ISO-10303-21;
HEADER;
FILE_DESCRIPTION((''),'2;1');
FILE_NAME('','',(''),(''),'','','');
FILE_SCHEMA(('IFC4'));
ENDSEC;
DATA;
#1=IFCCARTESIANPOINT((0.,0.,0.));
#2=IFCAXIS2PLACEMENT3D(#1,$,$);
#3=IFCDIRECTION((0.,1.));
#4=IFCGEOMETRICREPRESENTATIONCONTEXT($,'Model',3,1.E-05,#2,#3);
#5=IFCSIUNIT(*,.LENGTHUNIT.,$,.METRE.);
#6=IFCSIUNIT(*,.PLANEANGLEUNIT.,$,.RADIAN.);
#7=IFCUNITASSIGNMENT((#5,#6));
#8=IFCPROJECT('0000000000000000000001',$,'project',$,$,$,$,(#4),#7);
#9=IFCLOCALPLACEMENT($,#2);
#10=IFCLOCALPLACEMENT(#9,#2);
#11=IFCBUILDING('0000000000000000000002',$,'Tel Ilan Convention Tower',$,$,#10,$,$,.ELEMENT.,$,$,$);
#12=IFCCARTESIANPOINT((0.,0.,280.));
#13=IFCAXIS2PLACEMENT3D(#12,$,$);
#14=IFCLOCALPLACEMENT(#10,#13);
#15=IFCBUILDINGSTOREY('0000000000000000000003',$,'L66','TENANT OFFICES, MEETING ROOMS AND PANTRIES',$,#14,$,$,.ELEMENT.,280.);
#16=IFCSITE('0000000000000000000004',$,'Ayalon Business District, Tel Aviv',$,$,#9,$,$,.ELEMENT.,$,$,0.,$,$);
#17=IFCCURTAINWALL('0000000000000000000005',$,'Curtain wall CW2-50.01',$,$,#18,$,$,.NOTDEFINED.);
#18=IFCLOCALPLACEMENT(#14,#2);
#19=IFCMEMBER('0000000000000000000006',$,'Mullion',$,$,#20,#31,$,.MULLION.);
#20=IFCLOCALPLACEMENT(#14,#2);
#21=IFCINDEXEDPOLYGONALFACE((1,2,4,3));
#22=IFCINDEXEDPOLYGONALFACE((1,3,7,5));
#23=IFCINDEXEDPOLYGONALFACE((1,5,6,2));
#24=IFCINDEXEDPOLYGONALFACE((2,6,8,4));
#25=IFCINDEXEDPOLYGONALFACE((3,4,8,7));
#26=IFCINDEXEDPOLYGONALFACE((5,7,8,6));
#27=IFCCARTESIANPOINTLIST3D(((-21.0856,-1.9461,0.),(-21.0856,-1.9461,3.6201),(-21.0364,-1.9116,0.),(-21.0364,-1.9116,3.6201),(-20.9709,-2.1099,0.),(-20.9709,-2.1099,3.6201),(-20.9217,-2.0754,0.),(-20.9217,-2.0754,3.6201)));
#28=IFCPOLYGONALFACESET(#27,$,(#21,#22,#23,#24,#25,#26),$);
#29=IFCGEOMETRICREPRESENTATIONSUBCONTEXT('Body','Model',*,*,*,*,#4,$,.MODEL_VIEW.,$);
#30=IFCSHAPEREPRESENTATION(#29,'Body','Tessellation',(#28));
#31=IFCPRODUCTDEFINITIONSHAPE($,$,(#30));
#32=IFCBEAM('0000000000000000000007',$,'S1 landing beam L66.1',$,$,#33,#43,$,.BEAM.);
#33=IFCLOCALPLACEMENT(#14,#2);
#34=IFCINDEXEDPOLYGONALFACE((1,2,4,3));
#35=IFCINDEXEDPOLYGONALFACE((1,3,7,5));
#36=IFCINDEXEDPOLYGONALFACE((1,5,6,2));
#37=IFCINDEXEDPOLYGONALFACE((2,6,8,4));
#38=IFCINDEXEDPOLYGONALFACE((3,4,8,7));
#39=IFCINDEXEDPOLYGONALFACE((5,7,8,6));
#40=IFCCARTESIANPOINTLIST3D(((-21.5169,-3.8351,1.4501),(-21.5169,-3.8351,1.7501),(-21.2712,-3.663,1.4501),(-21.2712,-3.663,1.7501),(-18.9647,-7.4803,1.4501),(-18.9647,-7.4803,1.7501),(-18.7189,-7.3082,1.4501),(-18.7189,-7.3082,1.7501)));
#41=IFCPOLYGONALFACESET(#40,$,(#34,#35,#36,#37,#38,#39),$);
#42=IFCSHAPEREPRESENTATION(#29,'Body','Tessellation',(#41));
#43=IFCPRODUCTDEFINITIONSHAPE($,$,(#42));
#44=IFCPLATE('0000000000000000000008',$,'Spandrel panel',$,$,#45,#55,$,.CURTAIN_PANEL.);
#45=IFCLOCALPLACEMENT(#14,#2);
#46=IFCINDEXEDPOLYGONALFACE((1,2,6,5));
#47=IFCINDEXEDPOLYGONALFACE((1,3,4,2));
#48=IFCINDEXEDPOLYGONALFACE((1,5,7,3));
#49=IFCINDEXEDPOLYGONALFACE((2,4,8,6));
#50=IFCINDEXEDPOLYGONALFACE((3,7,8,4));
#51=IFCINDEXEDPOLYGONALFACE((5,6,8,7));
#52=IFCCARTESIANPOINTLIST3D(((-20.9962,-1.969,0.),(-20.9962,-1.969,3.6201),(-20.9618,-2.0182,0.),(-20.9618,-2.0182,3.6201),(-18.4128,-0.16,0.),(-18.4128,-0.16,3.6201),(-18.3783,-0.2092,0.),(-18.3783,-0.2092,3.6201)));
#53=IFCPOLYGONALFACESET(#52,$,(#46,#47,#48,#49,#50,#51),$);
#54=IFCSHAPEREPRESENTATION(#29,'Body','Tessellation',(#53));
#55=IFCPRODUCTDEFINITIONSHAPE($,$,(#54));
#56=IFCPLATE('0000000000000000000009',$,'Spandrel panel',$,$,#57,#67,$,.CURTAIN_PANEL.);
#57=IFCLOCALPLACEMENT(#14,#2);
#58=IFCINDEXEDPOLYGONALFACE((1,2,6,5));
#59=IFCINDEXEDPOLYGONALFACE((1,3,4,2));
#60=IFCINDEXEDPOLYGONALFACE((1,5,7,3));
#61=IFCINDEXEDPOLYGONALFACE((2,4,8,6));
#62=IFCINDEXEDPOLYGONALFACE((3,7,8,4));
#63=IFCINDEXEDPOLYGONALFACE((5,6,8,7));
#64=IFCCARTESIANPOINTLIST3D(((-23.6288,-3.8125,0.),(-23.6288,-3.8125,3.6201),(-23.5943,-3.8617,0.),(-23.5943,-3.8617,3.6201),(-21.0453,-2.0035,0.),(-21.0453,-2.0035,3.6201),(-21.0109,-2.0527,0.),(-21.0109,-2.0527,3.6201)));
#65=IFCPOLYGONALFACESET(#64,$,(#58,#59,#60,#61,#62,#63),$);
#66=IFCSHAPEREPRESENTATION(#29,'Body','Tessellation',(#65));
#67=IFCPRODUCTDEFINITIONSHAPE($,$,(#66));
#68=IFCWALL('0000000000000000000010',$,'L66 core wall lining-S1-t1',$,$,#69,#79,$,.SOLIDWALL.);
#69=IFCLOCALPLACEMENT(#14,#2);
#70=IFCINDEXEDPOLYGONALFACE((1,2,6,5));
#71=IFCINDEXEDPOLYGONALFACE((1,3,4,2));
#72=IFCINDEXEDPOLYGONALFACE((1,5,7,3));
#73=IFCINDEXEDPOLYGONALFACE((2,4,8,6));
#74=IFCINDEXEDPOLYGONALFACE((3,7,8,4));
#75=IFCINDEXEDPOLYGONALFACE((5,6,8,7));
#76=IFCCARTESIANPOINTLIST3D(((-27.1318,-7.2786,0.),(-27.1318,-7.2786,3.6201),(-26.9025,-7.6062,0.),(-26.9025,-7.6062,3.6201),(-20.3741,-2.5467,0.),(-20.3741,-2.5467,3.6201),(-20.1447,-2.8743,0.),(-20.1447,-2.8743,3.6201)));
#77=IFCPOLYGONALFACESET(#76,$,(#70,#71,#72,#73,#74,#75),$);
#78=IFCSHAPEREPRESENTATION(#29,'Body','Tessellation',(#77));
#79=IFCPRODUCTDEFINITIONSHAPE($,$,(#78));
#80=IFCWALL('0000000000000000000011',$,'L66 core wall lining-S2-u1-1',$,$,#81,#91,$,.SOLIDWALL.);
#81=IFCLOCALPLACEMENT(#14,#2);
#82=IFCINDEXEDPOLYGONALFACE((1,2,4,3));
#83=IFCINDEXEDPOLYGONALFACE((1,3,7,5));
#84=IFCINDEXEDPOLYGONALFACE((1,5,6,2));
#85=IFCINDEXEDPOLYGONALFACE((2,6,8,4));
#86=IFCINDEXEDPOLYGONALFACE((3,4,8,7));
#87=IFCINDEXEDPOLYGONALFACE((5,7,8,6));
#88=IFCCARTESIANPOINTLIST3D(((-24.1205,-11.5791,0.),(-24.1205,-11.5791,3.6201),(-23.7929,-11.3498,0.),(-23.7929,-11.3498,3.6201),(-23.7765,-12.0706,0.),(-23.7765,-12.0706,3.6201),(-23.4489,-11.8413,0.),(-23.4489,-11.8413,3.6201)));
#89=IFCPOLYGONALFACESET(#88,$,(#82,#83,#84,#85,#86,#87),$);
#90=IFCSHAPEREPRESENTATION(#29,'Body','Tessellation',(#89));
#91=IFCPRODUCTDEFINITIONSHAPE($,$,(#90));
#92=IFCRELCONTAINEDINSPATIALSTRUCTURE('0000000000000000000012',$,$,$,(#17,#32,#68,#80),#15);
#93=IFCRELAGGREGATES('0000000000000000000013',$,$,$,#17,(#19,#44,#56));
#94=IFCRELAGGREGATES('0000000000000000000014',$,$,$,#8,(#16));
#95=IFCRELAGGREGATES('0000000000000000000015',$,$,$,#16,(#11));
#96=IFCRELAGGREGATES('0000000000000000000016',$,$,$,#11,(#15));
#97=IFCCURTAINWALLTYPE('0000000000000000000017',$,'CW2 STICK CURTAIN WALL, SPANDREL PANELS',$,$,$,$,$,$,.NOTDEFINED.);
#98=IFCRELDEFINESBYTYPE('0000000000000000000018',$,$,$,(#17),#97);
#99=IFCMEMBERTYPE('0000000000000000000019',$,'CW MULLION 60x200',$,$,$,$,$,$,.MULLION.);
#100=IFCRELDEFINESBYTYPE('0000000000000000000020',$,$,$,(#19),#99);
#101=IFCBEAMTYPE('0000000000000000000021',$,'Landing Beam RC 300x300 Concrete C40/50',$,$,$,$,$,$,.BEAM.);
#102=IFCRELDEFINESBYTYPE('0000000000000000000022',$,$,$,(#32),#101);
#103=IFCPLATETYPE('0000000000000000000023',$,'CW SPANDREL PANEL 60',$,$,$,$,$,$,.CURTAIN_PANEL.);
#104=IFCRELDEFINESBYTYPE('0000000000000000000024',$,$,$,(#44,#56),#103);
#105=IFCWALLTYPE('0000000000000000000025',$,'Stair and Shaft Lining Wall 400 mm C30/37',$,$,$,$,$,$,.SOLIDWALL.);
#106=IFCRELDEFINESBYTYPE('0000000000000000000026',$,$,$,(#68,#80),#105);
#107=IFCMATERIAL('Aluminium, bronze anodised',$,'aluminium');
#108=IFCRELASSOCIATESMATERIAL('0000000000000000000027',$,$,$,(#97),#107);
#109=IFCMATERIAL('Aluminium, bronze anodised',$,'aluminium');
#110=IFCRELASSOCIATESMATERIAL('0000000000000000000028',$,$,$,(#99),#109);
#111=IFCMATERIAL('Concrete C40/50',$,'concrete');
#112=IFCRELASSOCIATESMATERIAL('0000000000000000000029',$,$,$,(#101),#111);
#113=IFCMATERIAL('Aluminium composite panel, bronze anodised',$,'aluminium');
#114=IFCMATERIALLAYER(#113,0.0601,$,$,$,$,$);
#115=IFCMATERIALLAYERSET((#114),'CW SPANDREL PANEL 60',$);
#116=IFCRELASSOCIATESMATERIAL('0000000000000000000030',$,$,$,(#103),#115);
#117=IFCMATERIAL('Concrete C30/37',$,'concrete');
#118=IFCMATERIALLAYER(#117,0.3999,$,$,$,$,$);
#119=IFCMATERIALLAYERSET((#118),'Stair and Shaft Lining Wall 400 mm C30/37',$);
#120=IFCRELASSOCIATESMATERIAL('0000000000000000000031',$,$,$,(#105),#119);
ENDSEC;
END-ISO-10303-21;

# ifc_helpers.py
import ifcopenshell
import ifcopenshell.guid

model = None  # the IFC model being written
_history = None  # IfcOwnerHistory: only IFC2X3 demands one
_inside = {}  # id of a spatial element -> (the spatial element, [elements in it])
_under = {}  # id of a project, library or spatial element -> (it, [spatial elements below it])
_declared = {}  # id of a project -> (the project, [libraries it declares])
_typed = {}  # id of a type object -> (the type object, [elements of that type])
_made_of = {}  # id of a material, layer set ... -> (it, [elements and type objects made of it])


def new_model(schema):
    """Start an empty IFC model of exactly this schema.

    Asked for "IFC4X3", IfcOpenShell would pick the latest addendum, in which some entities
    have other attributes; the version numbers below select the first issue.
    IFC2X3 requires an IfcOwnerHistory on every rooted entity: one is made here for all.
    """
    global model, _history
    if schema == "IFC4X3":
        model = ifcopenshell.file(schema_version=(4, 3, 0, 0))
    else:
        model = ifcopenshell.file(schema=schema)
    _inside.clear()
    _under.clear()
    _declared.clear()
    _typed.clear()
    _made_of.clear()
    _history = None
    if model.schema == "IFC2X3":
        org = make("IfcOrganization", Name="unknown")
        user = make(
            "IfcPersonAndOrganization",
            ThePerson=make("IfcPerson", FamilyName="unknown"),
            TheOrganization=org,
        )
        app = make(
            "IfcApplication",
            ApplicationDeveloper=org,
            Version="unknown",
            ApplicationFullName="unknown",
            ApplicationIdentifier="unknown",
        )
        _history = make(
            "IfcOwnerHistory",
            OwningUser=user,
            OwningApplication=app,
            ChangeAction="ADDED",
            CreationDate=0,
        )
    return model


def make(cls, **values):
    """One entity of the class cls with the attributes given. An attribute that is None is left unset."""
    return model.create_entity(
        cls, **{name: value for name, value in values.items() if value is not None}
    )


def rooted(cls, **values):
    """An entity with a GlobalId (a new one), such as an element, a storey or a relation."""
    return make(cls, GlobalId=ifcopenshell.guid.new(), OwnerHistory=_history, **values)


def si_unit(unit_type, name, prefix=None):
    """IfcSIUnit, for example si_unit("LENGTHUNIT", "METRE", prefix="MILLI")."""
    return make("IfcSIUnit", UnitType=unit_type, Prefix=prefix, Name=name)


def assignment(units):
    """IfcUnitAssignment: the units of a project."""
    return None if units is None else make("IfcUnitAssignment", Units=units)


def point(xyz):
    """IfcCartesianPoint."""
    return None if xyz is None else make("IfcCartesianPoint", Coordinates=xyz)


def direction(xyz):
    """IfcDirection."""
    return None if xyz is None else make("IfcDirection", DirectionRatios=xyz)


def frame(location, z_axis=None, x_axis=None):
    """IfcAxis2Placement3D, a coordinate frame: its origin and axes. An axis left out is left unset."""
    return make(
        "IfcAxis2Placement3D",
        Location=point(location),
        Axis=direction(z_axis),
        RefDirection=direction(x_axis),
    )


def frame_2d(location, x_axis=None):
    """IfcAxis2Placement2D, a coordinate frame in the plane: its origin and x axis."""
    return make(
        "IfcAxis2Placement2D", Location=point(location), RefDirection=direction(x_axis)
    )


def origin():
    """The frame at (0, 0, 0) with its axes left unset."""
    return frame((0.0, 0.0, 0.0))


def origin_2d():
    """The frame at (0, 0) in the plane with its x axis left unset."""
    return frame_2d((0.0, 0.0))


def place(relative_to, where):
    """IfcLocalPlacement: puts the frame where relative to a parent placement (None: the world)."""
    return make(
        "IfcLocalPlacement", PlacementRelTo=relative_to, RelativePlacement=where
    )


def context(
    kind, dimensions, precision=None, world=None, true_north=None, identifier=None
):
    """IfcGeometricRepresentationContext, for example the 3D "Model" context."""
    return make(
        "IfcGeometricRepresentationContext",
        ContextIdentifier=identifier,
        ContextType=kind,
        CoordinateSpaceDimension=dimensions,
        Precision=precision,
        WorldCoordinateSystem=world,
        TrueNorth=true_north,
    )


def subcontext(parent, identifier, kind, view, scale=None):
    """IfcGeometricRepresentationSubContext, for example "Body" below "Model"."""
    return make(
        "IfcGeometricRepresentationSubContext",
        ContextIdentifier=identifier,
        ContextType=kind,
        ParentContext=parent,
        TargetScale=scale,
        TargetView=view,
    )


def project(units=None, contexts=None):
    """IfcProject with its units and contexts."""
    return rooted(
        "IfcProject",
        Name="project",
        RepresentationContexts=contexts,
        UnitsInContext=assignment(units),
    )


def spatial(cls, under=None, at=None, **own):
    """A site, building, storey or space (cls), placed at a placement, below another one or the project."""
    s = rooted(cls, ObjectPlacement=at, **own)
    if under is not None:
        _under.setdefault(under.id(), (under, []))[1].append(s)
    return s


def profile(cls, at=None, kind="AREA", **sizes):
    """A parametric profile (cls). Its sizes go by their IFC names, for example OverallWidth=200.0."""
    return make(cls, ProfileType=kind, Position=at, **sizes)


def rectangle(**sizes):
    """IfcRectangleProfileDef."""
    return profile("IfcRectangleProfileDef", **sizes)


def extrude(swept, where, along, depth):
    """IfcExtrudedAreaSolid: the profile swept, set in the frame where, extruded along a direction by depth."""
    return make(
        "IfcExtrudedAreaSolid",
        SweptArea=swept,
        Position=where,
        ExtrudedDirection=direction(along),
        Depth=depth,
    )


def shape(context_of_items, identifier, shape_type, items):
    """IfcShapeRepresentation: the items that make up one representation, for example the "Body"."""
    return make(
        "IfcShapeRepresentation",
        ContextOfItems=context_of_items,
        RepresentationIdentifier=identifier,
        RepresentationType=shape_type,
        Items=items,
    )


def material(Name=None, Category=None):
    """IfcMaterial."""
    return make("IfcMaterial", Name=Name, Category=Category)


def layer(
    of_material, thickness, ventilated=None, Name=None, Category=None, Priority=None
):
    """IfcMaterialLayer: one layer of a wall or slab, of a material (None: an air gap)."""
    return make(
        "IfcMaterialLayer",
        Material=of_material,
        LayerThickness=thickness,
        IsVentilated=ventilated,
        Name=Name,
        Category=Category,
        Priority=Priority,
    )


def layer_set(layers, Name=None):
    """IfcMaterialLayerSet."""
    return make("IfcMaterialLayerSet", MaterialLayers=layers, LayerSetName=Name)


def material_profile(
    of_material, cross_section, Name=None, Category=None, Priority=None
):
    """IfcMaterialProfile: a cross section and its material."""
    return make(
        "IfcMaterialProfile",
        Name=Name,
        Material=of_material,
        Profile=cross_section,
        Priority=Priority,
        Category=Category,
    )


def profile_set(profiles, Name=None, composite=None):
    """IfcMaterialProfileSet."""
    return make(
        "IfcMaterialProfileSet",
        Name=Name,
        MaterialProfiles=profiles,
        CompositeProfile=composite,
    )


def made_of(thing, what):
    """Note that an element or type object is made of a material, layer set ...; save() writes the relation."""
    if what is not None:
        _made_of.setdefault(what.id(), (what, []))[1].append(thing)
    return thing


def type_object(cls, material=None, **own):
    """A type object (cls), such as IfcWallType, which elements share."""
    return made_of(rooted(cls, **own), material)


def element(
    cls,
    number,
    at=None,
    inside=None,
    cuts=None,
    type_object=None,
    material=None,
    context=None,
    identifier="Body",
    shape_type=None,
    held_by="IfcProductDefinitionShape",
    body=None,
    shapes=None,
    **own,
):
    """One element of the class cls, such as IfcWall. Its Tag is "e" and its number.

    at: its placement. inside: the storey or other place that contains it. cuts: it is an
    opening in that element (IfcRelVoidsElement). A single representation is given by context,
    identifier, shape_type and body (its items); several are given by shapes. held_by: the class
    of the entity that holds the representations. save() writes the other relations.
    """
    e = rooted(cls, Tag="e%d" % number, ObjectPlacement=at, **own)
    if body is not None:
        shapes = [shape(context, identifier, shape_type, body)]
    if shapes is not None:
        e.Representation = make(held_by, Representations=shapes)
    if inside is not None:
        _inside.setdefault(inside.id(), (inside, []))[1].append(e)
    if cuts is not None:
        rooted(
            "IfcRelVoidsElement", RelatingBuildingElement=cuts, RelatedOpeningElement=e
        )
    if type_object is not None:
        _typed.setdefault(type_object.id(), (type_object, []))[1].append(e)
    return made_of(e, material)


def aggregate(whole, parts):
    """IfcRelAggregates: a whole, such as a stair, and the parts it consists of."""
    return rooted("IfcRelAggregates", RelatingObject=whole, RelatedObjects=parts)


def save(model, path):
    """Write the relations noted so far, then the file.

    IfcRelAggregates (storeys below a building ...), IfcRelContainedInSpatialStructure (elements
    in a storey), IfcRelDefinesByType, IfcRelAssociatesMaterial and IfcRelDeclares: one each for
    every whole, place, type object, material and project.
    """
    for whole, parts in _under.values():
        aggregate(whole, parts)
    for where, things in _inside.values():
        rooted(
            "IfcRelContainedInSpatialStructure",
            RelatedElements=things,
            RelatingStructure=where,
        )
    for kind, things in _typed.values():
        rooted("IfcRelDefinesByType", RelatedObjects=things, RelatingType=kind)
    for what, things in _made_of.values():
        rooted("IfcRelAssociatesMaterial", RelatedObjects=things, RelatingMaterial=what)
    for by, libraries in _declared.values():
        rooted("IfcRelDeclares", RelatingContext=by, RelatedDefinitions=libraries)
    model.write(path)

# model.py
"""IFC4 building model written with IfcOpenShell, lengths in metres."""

from ifc_helpers import new_model, si_unit, direction, frame, frame_2d, origin, origin_2d, place, context, subcontext, project, spatial, rectangle, extrude, material, layer, layer_set, material_profile, profile_set, type_object, element, aggregate, save


model = new_model("IFC4")

# Units and contexts
model_context = context("Model", 3, precision=1e-05, world=origin(), true_north=direction((0.0, 1.0)))
body_context = subcontext(model_context, "Body", "Model", "MODEL_VIEW")
ifc_project = project(units=[si_unit("LENGTHUNIT", "METRE"), si_unit("PLANEANGLEUNIT", "RADIAN")], contexts=[model_context])

# Site, building, storey
site_placement = place(None, origin())
site = spatial("IfcSite", under=ifc_project, at=site_placement, Name="Ayalon Business District, Tel Aviv", CompositionType="ELEMENT", RefElevation=0.0)
building_placement = place(site_placement, origin())
building = spatial("IfcBuilding", under=site, at=building_placement, Name="Tel Ilan Convention Tower", CompositionType="ELEMENT")
storey_placement = place(building_placement, frame((0.0, 0.0, 280.0)))
storey = spatial("IfcBuildingStorey", under=building, at=storey_placement, Name="L66", Description="TENANT OFFICES, MEETING ROOMS AND PANTRIES", CompositionType="ELEMENT", Elevation=280.0)

# Curtain wall, member
ifc_material_1 = material(Name="Aluminium, bronze anodised", Category="aluminium")
curtain_wall_type = type_object("IfcCurtainWallType", Name="CW2 STICK CURTAIN WALL, SPANDREL PANELS", PredefinedType="NOTDEFINED", material=ifc_material_1)
curtain_wall_placement = place(storey_placement, origin())
curtain_wall = element("IfcCurtainWall", 1, at=curtain_wall_placement, inside=storey, type_object=curtain_wall_type, Name="Curtain wall CW2-50.01", PredefinedType="NOTDEFINED")
ifc_material_2 = material(Name="Aluminium, bronze anodised", Category="aluminium")
ifc_material_profile_1 = material_profile(ifc_material_2, rectangle(XDim=0.0601, YDim=0.2, at=origin_2d()), Name="CW MULLION 60x200")
ifc_profile_set_1 = profile_set([ifc_material_profile_1], Name="Aluminium, bronze anodised")
member_type = type_object("IfcMemberType", Name="CW MULLION 60x200", PredefinedType="MULLION", material=ifc_profile_set_1)
member_placement = place(storey_placement, frame((-21.0037, -2.0107, 0.0), z_axis=(0.0, 0.0, 1.0), x_axis=(-0.819152, -0.573576, 0.0)))
member = element("IfcMember", 2, at=member_placement, type_object=member_type, Name="Mullion", PredefinedType="MULLION", context=body_context, shape_type="SweptSolid", body=[
    extrude(rectangle(XDim=0.0601, YDim=0.2, at=origin_2d()), origin(), (0.0, 0.0, 1.0), 3.6201),
])

# Beam
ifc_material_3 = material(Name="Concrete C40/50", Category="concrete")
ifc_material_profile_2 = material_profile(ifc_material_3, rectangle(XDim=0.3, YDim=0.3, at=origin_2d()), Name="RC 300x300")
ifc_profile_set_2 = profile_set([ifc_material_profile_2], Name="Concrete C40/50")
beam_type = type_object("IfcBeamType", Name="Landing Beam RC 300x300 Concrete C40/50", PredefinedType="BEAM", material=ifc_profile_set_2)
beam_placement = place(storey_placement, frame((-18.8418, -7.3943, 1.6001), z_axis=(-0.573547, 0.819173, 0.0), x_axis=(-0.819173, -0.573547, 0.0)))
element("IfcBeam", 3, at=beam_placement, inside=storey, type_object=beam_type, Name="S1 landing beam L66.1", PredefinedType="BEAM", context=body_context, shape_type="SweptSolid", body=[
    extrude(rectangle(XDim=0.3, YDim=0.3, at=origin_2d()), origin(), (0.0, 0.0, 1.0), 4.45),
])

# Plates
ifc_material_4 = material(Name="Aluminium composite panel, bronze anodised", Category="aluminium")
ifc_layer_1 = layer(ifc_material_4, 0.0601)
ifc_layer_set_1 = layer_set([ifc_layer_1], Name="CW SPANDREL PANEL 60")
plate_type = type_object("IfcPlateType", Name="CW SPANDREL PANEL 60", PredefinedType="CURTAIN_PANEL", material=ifc_layer_set_1)
plate_1_placement = place(storey_placement, frame((-19.6873, -1.0891, 0.0), z_axis=(0.0, 0.0, 1.0), x_axis=(-0.819152, -0.573576, 0.0)))
plate_1 = element("IfcPlate", 4, at=plate_1_placement, type_object=plate_type, Name="Spandrel panel", PredefinedType="CURTAIN_PANEL", context=body_context, shape_type="SweptSolid", body=[
    extrude(rectangle(XDim=3.1538, YDim=0.0601, at=origin_2d()), origin(), (0.0, 0.0, 1.0), 3.6201),
])
plate_2_placement = place(storey_placement, frame((-22.3198, -2.9326, 0.0), z_axis=(0.0, 0.0, 1.0), x_axis=(-0.819152, -0.573576, 0.0)))
plate_2 = element("IfcPlate", 5, at=plate_2_placement, type_object=plate_type, Name="Spandrel panel", PredefinedType="CURTAIN_PANEL", context=body_context, shape_type="SweptSolid", body=[
    extrude(rectangle(XDim=3.1538, YDim=0.0601, at=origin_2d()), origin(), (0.0, 0.0, 1.0), 3.6201),
])
aggregate(curtain_wall, [member, plate_1, plate_2])

# Walls
ifc_material_5 = material(Name="Concrete C30/37", Category="concrete")
ifc_layer_2 = layer(ifc_material_5, 0.3999)
ifc_layer_set_2 = layer_set([ifc_layer_2], Name="Stair and Shaft Lining Wall 400 mm C30/37")
wall_type = type_object("IfcWallType", Name="Stair and Shaft Lining Wall 400 mm C30/37", PredefinedType="SOLIDWALL", material=ifc_layer_set_2)
wall_1_placement = place(storey_placement, frame((-20.2593, -2.7104, 0.0), z_axis=(0.0, 0.0, 1.0), x_axis=(-0.819148, -0.573582, 0.0)))
element("IfcWall", 6, at=wall_1_placement, inside=storey, type_object=wall_type, Name="L66 core wall lining-S1-t1", PredefinedType="SOLIDWALL", context=body_context, shape_type="SweptSolid", body=[
    extrude(rectangle(XDim=8.2498, YDim=0.3999, at=frame_2d((4.125, 0.0))), origin(), (0.0, 0.0, 1.0), 3.6201),
])
wall_2_placement = place(storey_placement, frame((-23.6128, -11.9558, 0.0), z_axis=(0.0, 0.0, 1.0), x_axis=(-0.573435, 0.819251, 0.0)))
element("IfcWall", 7, at=wall_2_placement, inside=storey, type_object=wall_type, Name="L66 core wall lining-S2-u1-1", PredefinedType="SOLIDWALL", context=body_context, shape_type="SweptSolid", body=[
    extrude(rectangle(XDim=0.5999, YDim=0.3999, at=frame_2d((0.2998, 0.0))), origin(), (0.0, 0.0, 1.0), 3.6201),
])

save(model, "model.ifc")
